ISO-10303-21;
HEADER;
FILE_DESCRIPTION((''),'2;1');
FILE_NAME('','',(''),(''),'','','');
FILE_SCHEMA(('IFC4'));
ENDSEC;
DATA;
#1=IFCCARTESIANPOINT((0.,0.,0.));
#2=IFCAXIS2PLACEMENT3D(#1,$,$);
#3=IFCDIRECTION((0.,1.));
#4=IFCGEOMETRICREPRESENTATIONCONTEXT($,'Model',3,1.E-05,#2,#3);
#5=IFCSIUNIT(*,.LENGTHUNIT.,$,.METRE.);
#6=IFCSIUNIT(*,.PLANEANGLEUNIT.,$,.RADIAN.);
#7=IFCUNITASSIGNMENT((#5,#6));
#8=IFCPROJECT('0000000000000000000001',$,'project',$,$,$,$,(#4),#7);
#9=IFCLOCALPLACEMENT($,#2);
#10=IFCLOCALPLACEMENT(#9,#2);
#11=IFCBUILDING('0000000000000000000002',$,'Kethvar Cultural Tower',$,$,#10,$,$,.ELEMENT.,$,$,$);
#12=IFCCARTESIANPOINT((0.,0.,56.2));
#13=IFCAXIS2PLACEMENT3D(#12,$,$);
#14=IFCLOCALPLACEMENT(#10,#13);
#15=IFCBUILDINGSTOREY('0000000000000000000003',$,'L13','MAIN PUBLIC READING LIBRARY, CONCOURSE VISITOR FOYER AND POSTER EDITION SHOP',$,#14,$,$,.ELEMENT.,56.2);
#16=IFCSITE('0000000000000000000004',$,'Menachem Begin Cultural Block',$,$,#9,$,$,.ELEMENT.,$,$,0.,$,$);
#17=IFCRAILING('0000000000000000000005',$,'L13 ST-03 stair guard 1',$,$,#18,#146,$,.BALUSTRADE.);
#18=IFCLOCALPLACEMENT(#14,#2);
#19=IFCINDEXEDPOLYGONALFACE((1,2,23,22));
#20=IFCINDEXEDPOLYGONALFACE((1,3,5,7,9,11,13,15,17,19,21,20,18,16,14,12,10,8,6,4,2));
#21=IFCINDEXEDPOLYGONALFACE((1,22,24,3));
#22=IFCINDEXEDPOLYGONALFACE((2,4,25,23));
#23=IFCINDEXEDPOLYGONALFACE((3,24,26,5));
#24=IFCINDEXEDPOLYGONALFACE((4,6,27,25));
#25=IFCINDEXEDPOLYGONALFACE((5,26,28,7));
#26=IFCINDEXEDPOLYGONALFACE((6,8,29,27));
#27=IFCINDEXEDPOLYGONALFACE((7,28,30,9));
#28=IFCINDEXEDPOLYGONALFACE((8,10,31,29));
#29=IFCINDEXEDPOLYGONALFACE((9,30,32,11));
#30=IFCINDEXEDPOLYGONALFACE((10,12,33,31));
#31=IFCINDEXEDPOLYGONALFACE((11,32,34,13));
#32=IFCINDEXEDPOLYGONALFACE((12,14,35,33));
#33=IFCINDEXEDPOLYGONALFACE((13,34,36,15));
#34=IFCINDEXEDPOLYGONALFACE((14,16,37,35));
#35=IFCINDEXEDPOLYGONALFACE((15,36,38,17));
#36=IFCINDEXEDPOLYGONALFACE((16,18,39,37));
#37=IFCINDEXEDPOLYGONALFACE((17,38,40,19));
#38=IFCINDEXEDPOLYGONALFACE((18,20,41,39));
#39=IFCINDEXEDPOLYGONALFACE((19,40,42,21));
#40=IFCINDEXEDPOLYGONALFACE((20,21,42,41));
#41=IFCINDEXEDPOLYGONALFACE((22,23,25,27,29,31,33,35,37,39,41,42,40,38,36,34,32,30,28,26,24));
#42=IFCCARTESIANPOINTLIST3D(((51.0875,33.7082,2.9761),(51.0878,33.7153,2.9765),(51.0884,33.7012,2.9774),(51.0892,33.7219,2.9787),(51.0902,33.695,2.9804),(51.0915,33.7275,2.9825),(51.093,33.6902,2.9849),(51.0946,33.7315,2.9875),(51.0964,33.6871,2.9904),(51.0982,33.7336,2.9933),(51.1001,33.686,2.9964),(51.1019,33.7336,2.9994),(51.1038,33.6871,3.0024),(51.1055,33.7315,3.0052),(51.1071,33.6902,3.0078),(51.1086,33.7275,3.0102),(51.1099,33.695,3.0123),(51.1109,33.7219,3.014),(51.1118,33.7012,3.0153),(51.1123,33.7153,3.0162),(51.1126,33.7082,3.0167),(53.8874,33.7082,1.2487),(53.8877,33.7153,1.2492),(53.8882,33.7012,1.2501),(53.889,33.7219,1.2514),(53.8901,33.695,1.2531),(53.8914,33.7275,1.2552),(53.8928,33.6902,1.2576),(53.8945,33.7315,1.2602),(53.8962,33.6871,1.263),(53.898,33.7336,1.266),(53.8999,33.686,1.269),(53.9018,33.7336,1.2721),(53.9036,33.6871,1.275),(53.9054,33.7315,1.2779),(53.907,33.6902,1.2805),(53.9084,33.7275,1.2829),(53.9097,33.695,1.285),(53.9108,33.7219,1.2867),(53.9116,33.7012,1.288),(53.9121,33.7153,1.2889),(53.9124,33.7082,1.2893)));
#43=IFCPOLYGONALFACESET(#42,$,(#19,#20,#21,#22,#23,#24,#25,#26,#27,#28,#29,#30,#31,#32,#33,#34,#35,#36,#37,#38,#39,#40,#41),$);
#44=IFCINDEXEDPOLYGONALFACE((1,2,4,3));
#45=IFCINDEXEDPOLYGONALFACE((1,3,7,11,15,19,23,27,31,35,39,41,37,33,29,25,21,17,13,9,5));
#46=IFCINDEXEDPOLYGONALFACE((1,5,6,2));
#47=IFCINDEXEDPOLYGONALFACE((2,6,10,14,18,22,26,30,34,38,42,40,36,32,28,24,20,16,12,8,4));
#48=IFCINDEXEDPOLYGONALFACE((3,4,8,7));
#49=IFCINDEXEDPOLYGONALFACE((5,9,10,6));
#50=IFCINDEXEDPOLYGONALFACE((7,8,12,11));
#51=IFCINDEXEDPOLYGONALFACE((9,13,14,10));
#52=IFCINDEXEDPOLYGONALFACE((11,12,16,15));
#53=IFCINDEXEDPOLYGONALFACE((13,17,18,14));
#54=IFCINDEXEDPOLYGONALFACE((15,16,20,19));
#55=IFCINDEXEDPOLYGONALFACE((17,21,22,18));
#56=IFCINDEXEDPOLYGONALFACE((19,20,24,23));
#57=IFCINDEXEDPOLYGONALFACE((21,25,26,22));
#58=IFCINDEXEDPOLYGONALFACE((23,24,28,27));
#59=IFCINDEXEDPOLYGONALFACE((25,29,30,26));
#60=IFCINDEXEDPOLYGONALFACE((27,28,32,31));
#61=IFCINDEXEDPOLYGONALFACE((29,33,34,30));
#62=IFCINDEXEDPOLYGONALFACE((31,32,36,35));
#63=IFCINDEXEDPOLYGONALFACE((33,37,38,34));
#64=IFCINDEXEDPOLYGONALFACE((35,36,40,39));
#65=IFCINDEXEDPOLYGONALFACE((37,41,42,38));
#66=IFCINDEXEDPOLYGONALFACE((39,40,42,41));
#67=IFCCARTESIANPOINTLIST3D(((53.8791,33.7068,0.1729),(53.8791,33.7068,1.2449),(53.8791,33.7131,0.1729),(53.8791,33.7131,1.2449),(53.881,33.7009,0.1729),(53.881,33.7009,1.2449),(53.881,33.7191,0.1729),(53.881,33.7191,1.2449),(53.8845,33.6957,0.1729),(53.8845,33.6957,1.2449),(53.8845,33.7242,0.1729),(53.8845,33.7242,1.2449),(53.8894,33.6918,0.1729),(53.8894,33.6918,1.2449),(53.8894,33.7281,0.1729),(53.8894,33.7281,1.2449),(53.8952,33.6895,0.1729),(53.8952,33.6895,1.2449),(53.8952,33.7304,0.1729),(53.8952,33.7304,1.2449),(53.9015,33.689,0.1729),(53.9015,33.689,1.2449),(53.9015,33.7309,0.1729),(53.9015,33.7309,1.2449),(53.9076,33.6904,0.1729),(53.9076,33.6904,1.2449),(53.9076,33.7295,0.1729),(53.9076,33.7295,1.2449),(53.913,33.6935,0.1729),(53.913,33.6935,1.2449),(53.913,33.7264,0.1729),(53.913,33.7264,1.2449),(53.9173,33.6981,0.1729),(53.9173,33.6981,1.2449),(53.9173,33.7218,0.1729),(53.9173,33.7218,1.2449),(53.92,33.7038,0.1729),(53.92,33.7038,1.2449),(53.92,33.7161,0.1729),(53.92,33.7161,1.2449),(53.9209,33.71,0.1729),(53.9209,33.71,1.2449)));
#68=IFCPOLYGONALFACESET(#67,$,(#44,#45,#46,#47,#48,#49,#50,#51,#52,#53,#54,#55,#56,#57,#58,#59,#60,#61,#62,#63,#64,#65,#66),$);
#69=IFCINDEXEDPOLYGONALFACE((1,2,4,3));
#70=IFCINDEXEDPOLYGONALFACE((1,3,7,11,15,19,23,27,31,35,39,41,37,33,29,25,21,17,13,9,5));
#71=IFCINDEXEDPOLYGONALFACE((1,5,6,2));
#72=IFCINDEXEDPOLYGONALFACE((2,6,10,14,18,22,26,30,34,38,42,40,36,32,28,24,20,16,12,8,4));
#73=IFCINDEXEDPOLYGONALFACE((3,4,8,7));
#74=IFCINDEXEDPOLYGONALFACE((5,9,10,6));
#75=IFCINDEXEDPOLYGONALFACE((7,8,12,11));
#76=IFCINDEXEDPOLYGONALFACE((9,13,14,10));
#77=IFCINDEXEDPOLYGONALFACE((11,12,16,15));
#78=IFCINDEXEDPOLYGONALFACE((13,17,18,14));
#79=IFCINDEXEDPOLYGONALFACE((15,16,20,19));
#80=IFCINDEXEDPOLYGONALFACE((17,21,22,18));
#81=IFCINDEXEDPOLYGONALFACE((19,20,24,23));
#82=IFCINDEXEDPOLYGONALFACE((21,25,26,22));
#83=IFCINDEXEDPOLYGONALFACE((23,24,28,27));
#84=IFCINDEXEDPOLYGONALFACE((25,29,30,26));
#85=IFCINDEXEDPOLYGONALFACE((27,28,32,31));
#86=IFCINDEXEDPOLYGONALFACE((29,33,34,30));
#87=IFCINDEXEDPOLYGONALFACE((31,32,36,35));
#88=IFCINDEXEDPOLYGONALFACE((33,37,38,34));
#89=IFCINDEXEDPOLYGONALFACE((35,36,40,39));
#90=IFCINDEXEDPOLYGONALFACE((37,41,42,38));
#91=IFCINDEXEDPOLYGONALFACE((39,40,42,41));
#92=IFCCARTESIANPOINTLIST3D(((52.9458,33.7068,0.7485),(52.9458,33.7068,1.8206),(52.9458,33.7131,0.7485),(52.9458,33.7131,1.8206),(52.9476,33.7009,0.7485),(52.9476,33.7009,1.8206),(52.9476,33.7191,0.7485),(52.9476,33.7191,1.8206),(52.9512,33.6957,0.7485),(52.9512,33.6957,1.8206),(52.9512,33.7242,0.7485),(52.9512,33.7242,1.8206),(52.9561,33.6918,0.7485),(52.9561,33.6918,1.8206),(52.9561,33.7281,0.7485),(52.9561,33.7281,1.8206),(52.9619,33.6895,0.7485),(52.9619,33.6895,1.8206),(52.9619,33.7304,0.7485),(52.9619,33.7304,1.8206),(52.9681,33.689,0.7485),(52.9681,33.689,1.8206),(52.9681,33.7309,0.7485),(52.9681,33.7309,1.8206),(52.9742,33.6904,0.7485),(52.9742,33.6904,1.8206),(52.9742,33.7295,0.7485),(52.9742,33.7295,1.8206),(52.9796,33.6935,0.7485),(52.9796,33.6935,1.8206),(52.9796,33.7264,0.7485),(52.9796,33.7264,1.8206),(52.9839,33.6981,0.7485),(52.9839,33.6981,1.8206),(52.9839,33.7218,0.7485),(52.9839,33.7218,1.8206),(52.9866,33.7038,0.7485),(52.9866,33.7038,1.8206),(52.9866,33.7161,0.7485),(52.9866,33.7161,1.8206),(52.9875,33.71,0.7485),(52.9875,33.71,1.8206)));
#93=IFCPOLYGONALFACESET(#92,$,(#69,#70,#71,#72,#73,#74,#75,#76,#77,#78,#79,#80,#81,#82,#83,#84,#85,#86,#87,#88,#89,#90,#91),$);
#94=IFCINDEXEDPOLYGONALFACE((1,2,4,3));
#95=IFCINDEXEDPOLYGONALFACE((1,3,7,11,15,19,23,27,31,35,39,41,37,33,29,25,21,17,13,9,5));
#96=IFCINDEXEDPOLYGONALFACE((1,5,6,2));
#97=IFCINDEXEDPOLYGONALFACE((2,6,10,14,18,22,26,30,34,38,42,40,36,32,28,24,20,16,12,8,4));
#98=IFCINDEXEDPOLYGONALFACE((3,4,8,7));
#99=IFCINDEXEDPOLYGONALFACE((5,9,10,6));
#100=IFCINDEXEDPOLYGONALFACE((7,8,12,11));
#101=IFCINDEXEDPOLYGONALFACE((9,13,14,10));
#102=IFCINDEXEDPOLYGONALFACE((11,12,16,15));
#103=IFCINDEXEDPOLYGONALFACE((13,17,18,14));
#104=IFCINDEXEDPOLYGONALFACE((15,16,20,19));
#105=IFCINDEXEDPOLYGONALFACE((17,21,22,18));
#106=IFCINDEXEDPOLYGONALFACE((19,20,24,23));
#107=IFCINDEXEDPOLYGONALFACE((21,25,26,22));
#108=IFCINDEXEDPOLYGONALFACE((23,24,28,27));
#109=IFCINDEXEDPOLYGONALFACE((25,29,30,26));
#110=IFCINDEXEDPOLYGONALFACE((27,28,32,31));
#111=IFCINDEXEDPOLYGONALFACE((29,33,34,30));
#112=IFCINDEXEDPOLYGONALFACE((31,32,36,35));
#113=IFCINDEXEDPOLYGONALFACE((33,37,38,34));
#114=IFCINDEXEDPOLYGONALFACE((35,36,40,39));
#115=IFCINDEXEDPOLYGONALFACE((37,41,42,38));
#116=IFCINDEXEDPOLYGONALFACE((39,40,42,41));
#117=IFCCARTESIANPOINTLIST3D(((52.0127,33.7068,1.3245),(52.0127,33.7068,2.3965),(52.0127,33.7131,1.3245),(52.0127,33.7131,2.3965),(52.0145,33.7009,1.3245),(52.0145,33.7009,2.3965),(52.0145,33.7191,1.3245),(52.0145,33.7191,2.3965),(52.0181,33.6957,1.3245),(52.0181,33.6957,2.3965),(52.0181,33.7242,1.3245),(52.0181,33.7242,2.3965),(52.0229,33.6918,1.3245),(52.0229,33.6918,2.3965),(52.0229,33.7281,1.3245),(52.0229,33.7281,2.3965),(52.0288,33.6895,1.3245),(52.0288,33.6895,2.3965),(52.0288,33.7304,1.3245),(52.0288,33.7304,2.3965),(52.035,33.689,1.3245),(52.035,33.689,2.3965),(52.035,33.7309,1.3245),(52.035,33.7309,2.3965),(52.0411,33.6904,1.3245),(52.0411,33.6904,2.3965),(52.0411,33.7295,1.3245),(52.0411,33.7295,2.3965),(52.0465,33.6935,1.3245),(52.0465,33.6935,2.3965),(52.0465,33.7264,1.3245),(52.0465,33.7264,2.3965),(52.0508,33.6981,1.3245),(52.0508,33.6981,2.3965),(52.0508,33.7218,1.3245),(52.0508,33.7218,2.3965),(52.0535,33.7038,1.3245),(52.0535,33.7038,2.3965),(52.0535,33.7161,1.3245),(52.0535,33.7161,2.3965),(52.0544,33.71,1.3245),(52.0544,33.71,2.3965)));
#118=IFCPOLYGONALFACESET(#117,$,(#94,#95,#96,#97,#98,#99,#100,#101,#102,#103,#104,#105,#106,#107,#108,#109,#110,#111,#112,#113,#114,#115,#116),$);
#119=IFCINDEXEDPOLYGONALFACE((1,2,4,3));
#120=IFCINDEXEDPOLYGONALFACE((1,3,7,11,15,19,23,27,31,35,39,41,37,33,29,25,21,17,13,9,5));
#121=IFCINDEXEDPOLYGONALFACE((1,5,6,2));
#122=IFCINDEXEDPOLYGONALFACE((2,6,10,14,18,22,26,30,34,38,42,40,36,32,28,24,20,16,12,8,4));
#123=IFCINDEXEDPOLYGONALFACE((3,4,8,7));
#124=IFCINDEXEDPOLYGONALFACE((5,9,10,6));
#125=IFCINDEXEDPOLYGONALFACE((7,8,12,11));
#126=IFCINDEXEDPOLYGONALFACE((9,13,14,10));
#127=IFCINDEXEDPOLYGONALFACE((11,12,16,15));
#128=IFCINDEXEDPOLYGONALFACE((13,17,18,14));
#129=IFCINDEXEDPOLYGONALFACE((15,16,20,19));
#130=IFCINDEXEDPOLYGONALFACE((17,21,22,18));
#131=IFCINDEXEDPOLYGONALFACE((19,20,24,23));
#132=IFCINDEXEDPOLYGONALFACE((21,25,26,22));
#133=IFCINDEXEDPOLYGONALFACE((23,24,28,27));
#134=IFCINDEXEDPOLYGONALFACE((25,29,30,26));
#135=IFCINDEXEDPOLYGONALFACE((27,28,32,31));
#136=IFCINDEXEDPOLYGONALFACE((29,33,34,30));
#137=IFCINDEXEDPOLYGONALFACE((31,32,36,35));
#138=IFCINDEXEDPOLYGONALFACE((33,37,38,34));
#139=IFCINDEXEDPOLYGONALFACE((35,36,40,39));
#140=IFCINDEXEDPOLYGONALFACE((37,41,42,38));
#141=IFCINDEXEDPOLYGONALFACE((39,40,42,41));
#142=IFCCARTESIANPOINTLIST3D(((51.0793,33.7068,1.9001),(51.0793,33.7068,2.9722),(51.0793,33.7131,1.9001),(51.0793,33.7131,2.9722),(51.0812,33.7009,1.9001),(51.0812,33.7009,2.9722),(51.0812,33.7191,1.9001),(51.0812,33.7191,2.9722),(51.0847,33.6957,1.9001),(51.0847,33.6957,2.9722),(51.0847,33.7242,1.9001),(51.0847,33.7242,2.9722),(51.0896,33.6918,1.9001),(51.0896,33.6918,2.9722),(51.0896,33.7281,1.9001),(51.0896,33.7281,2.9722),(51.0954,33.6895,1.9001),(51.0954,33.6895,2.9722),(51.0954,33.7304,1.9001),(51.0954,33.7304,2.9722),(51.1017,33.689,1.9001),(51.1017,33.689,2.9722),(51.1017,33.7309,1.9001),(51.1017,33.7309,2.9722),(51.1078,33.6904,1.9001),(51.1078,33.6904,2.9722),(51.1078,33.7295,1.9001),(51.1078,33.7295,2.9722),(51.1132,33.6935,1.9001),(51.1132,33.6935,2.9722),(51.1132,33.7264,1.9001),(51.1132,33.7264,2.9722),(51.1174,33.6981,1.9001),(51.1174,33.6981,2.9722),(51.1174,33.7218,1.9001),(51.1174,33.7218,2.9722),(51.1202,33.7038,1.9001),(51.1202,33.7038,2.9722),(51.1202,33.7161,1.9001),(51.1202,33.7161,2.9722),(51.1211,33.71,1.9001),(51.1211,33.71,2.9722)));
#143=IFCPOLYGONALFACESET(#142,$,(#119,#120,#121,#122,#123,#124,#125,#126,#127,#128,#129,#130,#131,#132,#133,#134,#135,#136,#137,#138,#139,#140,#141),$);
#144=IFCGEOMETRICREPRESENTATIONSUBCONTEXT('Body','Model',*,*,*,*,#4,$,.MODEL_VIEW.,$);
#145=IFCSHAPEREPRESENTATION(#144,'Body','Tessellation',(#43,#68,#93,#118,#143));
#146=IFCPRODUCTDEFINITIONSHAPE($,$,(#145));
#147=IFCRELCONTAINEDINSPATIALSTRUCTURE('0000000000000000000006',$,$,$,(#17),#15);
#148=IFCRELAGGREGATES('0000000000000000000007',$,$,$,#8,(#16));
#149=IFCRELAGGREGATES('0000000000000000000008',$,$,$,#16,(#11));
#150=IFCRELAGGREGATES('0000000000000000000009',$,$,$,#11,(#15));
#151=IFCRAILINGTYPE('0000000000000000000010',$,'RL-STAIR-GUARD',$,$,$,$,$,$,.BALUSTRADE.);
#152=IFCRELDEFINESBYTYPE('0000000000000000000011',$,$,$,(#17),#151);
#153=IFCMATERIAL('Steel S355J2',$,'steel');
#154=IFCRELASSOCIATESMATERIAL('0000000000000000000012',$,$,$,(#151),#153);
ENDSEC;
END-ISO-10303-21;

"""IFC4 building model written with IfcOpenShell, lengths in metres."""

from ifc_helpers import new_model, si_unit, direction, frame, origin, origin_2d, place, context, subcontext, project, spatial, circle, extrude, material, type_object, element, save


model = new_model("IFC4")

# Units and contexts
model_context = context("Model", 3, precision=1e-05, world=origin(), true_north=direction((0.0, 1.0)))
body_context = subcontext(model_context, "Body", "Model", "MODEL_VIEW")
ifc_project = project(units=[si_unit("LENGTHUNIT", "METRE"), si_unit("PLANEANGLEUNIT", "RADIAN")], contexts=[model_context])

# Site, building, storey
site_placement = place(None, origin())
site = spatial("IfcSite", under=ifc_project, at=site_placement, Name="Menachem Begin Cultural Block", CompositionType="ELEMENT", RefElevation=0.0)
building_placement = place(site_placement, origin())
building = spatial("IfcBuilding", under=site, at=building_placement, Name="Kethvar Cultural Tower", CompositionType="ELEMENT")
storey_placement = place(building_placement, frame((0.0, 0.0, 56.2)))
storey = spatial("IfcBuildingStorey", under=building, at=storey_placement, Name="L13", Description="MAIN PUBLIC READING LIBRARY, CONCOURSE VISITOR FOYER AND POSTER EDITION SHOP", CompositionType="ELEMENT", Elevation=56.2)

# Shared definitions
ifc_material_1 = material(Name="Steel S355J2", Category="steel")

# Railing
railing_type_1 = type_object("IfcRailingType", Name="RL-STAIR-GUARD", PredefinedType="BALUSTRADE", material=ifc_material_1)
railing_1_placement = place(storey_placement, frame((53.8999, 33.71, 0.1729)))
element("IfcRailing", 1, at=railing_1_placement, inside=storey, type_object=railing_type_1, Name="L13 ST-03 stair guard 1", PredefinedType="BALUSTRADE", context=body_context, shape_type="SweptSolid", body=[
    extrude(circle(Radius=0.0239, at=origin_2d()), frame((0.0, 0.0, 1.0962), z_axis=(-0.851069, 0.0, 0.525054), x_axis=(0.0, -1.0, 0.0)), (0.0, 0.0, 1.0), 3.2898),
    extrude(circle(Radius=0.021, at=origin_2d()), origin(), (0.0, 0.0, 1.0), 1.072),
    extrude(circle(Radius=0.021, at=origin_2d()), frame((-0.9333, 0.0, 0.5757)), (0.0, 0.0, 1.0), 1.072),
    extrude(circle(Radius=0.021, at=origin_2d()), frame((-1.8665, 0.0, 1.1516)), (0.0, 0.0, 1.0), 1.072),
    extrude(circle(Radius=0.021, at=origin_2d()), frame((-2.7998, 0.0, 1.7273)), (0.0, 0.0, 1.0), 1.072),
])

save(model, "model.ifc")
